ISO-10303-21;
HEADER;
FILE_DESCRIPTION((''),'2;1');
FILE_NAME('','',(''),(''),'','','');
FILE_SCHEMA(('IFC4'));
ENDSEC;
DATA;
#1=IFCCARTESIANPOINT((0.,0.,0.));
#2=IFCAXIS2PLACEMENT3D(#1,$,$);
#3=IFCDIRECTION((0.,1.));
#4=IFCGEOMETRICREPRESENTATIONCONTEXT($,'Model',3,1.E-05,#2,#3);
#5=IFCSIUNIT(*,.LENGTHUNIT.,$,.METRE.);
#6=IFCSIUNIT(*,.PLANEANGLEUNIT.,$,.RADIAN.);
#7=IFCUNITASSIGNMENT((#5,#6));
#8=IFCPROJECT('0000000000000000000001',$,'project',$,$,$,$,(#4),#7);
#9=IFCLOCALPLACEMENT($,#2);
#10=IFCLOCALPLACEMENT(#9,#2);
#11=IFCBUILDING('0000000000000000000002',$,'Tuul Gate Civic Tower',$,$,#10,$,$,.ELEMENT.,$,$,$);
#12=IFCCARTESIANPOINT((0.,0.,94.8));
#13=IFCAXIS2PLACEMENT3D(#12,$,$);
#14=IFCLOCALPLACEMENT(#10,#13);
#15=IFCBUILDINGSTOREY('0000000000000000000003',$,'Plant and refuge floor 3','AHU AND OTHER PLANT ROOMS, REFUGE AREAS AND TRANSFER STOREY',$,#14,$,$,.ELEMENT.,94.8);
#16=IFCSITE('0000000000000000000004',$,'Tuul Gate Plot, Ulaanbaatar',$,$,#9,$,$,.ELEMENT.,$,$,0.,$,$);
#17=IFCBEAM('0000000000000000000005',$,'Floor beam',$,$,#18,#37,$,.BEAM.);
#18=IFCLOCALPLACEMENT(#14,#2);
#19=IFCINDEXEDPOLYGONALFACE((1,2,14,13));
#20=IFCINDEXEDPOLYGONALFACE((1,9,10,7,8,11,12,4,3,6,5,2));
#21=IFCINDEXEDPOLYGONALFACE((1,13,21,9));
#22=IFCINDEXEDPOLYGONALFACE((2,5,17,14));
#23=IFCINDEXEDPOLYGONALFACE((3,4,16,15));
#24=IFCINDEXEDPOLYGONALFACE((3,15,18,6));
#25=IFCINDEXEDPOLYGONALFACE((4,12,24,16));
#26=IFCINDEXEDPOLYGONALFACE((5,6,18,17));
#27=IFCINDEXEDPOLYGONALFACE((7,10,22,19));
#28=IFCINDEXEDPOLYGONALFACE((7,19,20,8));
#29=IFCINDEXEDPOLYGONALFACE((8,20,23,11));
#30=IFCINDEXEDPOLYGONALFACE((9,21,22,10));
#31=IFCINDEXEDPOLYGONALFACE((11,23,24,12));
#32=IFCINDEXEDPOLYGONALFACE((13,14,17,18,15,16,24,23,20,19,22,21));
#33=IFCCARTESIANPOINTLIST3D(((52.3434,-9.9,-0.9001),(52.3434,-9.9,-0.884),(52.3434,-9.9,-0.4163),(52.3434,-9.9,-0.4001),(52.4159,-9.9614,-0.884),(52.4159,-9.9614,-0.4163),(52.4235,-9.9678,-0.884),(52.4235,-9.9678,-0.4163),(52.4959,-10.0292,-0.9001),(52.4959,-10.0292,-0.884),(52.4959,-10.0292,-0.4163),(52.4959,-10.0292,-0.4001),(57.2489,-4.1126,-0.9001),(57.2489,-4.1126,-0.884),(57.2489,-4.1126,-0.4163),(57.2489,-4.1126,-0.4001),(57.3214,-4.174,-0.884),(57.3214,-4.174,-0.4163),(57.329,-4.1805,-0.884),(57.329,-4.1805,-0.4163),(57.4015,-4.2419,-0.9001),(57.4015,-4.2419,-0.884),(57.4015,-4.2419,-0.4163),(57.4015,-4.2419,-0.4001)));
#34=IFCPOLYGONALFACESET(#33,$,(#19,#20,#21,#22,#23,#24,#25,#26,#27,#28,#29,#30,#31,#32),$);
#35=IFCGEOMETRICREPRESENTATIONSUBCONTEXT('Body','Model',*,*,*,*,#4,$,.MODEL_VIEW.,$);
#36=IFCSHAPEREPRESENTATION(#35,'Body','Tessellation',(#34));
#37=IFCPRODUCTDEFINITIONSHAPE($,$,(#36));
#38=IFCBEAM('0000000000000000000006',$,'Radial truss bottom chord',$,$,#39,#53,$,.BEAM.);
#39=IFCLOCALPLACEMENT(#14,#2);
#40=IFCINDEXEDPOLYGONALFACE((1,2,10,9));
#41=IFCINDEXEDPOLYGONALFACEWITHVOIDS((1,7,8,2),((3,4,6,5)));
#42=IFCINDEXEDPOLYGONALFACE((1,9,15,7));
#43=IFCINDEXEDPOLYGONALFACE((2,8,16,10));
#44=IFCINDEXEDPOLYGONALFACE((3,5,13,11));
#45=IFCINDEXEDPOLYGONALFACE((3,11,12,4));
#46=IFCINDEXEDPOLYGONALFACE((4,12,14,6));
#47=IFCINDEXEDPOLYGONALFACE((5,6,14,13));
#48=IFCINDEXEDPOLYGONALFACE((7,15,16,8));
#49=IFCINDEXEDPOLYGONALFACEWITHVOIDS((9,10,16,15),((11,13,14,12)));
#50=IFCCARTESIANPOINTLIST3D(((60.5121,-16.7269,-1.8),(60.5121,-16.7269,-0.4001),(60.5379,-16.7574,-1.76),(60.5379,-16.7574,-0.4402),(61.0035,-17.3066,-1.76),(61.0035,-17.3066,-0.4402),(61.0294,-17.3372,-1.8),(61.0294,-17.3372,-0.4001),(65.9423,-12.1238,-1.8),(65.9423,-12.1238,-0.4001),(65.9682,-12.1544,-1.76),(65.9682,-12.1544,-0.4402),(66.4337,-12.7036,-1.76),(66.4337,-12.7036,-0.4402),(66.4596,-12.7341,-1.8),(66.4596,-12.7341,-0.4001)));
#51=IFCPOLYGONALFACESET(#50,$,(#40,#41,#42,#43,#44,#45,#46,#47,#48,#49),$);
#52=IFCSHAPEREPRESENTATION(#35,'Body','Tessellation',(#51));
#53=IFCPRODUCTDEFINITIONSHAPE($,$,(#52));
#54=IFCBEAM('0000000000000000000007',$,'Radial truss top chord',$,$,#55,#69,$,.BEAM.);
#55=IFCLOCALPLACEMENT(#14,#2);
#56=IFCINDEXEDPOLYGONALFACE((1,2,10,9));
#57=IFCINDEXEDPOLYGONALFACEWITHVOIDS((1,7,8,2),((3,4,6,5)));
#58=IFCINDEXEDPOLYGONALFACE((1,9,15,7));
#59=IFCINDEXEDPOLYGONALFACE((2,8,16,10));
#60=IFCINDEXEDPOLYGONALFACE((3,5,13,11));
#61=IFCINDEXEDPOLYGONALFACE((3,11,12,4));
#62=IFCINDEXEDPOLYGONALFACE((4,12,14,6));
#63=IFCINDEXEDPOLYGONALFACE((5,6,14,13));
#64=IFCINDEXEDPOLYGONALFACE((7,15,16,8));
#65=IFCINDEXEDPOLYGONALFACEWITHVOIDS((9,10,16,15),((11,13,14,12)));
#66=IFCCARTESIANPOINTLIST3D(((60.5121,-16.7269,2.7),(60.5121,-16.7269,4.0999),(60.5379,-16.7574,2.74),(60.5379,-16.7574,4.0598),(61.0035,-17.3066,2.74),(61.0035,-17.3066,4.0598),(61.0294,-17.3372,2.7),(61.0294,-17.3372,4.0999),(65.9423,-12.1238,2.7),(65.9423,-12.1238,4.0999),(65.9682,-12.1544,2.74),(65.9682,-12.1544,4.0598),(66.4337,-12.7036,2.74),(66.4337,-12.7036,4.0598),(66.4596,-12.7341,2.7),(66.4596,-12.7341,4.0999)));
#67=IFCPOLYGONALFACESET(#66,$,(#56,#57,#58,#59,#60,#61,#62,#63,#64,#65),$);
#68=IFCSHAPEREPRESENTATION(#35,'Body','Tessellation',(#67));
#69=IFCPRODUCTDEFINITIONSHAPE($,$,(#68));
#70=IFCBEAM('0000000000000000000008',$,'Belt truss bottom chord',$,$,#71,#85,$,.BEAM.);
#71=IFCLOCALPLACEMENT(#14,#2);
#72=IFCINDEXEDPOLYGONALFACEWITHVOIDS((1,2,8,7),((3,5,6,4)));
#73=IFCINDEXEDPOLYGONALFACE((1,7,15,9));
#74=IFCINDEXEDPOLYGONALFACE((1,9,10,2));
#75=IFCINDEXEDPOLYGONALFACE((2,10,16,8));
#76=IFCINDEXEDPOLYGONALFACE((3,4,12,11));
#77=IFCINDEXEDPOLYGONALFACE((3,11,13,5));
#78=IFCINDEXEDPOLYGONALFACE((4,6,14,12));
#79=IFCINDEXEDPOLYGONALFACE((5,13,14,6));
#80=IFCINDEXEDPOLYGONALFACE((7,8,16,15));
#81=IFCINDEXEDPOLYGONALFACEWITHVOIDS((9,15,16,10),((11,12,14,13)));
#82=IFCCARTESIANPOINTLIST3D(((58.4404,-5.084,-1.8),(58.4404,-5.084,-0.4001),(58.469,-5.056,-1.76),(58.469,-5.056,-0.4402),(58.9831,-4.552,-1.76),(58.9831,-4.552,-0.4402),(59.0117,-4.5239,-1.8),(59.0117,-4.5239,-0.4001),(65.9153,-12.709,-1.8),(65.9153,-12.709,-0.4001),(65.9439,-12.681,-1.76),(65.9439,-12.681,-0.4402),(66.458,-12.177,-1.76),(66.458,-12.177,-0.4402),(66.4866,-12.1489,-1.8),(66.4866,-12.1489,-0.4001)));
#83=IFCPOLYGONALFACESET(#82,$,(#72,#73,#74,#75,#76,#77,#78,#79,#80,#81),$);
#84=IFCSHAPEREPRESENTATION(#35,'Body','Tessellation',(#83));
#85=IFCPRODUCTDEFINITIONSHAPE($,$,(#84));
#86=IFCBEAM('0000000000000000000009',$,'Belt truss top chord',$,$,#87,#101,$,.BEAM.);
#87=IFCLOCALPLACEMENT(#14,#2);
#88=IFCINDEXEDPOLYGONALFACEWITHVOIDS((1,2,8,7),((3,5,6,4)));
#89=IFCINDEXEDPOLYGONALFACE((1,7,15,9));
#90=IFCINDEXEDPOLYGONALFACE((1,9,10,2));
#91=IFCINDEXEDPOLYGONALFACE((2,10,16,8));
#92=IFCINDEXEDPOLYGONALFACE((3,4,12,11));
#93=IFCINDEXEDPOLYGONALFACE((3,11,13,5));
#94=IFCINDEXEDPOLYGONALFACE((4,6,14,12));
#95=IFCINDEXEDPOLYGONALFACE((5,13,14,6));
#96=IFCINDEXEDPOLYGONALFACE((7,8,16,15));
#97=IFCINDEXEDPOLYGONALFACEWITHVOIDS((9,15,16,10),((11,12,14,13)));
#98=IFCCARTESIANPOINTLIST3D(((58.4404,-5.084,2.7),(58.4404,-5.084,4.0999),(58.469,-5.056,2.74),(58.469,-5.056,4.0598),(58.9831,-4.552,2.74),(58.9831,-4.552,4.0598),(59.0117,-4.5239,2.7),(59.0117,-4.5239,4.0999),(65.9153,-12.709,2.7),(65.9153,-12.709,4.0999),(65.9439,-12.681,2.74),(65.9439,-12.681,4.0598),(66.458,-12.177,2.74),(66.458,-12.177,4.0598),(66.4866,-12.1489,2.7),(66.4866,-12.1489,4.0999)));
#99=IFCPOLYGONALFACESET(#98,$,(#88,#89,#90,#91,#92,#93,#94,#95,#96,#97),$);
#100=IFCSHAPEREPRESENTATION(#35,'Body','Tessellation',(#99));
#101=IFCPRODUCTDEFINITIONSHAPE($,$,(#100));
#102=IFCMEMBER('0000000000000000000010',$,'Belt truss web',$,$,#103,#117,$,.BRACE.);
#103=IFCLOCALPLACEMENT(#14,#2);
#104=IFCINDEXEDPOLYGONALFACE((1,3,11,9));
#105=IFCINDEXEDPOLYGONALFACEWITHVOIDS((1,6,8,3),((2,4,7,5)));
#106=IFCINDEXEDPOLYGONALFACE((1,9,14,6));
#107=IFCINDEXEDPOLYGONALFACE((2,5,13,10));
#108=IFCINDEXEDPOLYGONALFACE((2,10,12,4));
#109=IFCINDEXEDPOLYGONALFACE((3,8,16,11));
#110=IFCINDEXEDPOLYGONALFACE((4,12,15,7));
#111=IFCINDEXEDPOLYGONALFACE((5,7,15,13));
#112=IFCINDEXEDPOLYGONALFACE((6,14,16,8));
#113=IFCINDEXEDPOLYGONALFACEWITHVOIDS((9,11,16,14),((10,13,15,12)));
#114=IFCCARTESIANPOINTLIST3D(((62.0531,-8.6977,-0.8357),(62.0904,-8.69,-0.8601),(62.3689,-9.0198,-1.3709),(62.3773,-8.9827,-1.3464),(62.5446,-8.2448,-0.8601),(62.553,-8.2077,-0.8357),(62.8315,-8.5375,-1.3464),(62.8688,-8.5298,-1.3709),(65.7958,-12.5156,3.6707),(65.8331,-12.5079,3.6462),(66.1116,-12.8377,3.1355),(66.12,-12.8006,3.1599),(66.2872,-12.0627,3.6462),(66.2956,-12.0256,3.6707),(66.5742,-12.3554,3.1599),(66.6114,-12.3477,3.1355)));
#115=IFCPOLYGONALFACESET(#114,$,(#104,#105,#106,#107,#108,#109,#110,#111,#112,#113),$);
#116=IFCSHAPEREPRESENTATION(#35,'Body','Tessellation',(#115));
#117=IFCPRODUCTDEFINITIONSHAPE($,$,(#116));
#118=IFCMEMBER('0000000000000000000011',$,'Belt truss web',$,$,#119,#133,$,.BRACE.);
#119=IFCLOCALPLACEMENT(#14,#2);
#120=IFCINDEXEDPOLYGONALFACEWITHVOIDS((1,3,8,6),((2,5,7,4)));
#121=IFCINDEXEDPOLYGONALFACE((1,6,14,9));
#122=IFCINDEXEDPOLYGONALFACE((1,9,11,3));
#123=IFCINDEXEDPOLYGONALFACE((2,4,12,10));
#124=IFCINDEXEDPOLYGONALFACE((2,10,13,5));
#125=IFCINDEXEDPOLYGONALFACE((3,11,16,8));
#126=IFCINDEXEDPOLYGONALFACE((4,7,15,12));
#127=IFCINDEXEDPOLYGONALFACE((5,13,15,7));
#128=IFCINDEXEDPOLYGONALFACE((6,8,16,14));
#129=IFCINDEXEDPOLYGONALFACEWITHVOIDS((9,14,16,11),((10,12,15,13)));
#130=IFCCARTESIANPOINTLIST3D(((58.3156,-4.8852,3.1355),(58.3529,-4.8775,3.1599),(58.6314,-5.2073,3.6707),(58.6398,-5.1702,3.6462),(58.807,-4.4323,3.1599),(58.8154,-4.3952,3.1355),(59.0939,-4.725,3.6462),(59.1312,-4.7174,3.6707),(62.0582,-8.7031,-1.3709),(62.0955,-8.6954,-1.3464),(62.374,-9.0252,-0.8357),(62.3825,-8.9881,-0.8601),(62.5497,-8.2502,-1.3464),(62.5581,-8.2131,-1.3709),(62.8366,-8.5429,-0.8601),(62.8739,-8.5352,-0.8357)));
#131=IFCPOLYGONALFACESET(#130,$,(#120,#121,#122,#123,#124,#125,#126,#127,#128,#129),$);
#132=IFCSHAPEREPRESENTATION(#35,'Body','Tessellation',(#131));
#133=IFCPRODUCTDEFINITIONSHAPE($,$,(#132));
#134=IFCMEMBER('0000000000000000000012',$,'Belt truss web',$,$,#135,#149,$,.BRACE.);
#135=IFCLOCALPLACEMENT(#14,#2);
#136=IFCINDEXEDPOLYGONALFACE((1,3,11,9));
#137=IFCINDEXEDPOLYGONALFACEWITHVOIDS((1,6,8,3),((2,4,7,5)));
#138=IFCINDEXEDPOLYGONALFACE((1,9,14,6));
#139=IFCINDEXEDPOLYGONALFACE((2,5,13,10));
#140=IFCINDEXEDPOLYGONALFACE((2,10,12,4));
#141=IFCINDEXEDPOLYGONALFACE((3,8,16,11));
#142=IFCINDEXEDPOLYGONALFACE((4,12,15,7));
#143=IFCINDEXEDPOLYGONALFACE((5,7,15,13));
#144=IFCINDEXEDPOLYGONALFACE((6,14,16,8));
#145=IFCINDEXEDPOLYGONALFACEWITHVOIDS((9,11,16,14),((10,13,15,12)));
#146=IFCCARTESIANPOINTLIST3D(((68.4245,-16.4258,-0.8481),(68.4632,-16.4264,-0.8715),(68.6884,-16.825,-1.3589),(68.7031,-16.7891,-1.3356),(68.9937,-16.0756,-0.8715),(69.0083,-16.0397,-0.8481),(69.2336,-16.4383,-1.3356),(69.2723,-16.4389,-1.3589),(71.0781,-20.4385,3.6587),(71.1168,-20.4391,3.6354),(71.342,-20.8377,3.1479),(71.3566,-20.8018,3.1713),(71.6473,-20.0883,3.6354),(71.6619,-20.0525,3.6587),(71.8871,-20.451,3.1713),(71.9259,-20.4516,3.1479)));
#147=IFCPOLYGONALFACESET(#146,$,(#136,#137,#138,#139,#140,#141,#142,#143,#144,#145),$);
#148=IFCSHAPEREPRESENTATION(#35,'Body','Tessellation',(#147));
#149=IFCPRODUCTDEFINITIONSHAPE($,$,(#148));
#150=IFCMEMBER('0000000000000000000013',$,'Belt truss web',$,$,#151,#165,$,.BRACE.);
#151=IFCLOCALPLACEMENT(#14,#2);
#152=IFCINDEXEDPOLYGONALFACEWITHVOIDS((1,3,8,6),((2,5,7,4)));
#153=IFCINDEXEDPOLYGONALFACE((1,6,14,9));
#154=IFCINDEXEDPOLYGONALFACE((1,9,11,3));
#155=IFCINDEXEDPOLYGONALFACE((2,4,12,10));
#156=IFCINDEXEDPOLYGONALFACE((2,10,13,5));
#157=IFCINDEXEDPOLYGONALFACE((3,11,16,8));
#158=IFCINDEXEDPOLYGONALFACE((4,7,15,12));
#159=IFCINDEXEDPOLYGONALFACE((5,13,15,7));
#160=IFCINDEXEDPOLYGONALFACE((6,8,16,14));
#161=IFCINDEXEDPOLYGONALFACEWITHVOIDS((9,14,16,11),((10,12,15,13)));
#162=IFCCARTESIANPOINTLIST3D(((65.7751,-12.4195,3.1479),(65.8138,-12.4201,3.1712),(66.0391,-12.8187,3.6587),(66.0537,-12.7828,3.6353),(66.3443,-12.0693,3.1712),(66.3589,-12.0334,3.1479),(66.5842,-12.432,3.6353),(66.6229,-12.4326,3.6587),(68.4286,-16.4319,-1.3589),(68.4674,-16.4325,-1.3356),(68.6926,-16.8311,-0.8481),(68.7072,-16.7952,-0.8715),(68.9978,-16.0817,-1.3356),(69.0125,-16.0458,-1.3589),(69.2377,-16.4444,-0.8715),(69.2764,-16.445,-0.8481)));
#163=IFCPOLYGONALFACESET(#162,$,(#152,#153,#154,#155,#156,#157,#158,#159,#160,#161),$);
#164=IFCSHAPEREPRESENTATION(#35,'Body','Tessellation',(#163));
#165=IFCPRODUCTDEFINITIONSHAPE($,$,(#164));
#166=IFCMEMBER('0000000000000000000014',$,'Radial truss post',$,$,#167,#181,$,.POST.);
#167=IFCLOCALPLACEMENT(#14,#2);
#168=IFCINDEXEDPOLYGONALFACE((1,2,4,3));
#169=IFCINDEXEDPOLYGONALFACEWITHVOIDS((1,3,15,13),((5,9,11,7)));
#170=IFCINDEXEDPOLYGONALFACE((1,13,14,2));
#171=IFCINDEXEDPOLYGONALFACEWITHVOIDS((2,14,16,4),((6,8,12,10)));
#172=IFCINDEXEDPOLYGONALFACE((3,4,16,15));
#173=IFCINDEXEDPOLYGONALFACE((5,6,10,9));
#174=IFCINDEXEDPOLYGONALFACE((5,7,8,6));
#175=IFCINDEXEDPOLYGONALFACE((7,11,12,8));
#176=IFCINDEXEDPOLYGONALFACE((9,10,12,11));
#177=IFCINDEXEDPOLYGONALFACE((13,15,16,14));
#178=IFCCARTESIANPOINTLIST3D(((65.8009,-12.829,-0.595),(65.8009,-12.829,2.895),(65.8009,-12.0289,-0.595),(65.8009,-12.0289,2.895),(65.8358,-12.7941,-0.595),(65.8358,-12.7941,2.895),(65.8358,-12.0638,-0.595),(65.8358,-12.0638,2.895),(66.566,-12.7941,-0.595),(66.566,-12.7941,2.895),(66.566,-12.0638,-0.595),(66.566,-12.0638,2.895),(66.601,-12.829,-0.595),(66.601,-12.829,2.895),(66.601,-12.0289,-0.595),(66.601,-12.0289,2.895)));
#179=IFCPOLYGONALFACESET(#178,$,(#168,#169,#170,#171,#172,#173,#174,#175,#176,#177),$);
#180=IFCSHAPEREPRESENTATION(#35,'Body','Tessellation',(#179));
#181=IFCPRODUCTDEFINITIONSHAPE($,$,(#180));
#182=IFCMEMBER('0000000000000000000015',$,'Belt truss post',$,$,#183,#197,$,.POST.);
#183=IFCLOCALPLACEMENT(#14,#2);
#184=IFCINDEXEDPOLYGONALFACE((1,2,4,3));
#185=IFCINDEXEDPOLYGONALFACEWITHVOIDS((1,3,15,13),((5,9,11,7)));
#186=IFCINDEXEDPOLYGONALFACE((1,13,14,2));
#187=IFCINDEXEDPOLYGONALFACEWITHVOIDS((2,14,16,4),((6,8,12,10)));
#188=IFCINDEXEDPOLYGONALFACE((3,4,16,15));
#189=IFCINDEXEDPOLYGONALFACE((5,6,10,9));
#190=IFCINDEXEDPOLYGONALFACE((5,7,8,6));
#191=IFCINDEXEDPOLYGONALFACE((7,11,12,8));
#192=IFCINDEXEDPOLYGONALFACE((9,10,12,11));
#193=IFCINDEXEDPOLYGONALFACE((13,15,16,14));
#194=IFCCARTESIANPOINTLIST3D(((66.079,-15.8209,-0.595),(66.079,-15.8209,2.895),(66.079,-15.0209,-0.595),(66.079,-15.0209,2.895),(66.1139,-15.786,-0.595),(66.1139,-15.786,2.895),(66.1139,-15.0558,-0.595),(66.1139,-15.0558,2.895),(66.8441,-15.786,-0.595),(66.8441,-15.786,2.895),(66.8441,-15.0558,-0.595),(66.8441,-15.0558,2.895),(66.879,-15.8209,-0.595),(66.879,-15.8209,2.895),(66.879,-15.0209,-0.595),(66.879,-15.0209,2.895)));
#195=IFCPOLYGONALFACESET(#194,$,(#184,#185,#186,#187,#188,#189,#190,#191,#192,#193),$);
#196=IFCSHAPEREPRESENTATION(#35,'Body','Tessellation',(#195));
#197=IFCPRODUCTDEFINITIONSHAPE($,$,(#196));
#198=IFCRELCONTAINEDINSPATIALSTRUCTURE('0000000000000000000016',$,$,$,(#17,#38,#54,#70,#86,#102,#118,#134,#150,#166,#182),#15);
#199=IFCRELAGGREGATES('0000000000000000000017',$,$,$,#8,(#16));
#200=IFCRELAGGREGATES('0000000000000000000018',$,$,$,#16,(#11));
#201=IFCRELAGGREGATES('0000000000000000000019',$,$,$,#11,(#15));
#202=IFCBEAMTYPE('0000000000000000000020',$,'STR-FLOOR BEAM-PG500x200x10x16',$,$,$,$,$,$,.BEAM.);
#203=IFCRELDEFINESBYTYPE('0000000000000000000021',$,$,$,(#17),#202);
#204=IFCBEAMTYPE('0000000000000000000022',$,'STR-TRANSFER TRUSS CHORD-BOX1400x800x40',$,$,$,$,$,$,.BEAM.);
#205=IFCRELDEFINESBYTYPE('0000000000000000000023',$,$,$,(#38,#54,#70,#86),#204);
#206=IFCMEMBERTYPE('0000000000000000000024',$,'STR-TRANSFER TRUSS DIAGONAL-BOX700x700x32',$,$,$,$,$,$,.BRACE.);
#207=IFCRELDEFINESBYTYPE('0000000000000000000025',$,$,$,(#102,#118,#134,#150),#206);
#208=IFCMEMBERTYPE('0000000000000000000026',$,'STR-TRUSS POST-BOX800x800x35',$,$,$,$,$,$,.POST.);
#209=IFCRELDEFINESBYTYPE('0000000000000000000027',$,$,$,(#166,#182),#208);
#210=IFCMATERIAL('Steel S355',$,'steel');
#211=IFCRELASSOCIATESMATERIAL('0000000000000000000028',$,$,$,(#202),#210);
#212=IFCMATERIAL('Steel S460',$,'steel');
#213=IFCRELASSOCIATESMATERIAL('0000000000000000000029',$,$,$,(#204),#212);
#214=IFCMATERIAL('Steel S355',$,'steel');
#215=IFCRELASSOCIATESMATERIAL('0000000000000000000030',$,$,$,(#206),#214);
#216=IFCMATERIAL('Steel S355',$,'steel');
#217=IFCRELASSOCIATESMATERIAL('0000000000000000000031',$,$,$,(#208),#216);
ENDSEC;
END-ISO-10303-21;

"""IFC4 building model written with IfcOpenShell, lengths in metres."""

from ifc_helpers import new_model, si_unit, direction, frame, origin, origin_2d, place, context, subcontext, project, spatial, hollow_rectangle, i_section, extrude, material, material_profile, profile_set, type_object, element, save


model = new_model("IFC4")

# Units and contexts
model_context = context("Model", 3, precision=1e-05, world=origin(), true_north=direction((0.0, 1.0)))
body_context = subcontext(model_context, "Body", "Model", "MODEL_VIEW")
ifc_project = project(units=[si_unit("LENGTHUNIT", "METRE"), si_unit("PLANEANGLEUNIT", "RADIAN")], contexts=[model_context])

# Site, building, storey
site_placement = place(None, origin())
site = spatial("IfcSite", under=ifc_project, at=site_placement, Name="Tuul Gate Plot, Ulaanbaatar", CompositionType="ELEMENT", RefElevation=0.0)
building_placement = place(site_placement, origin())
building = spatial("IfcBuilding", under=site, at=building_placement, Name="Tuul Gate Civic Tower", CompositionType="ELEMENT")
storey_placement = place(building_placement, frame((0.0, 0.0, 94.8)))
storey = spatial("IfcBuildingStorey", under=building, at=storey_placement, Name="Plant and refuge floor 3", Description="AHU AND OTHER PLANT ROOMS, REFUGE AREAS AND TRANSFER STOREY", CompositionType="ELEMENT", Elevation=94.8)

# Beams
ifc_material_1 = material(Name="Steel S355", Category="steel")
ifc_material_profile_1 = material_profile(ifc_material_1, i_section(OverallWidth=0.2, OverallDepth=0.5, WebThickness=0.01, FlangeThickness=0.0161, at=origin_2d()), Name="PG500x200x10x16")
ifc_profile_set_1 = profile_set([ifc_material_profile_1], Name="Steel S355")
beam_type_1 = type_object("IfcBeamType", Name="STR-FLOOR BEAM-PG500x200x10x16", PredefinedType="BEAM", material=ifc_profile_set_1)
beam_placement = place(storey_placement, frame((52.4197, -9.9646, -0.6501), z_axis=(0.646597, 0.762832, 0.0), x_axis=(-0.762832, 0.646597, 0.0)))
element("IfcBeam", 1, at=beam_placement, inside=storey, type_object=beam_type_1, Name="Floor beam", PredefinedType="BEAM", context=body_context, shape_type="SweptSolid", body=[
    extrude(i_section(OverallWidth=0.2, OverallDepth=0.5, WebThickness=0.01, FlangeThickness=0.0161, at=origin_2d()), origin(), (0.0, 0.0, 1.0), 7.5867),
])
ifc_material_2 = material(Name="Steel S460", Category="steel")
ifc_material_profile_2 = material_profile(ifc_material_2, hollow_rectangle(XDim=0.8, YDim=1.3999, WallThickness=0.04, at=origin_2d()), Name="BOX1400x800x40")
ifc_profile_set_2 = profile_set([ifc_material_profile_2], Name="Steel S460")
beam_type_2 = type_object("IfcBeamType", Name="STR-TRANSFER TRUSS CHORD-BOX1400x800x40", PredefinedType="BEAM", material=ifc_profile_set_2)
for number, where, z_axis, x_axis, name in (
    (2, (66.2009, -12.429, -1.1001), (-0.762814, -0.646618, 0.0), (0.646618, -0.762814, 0.0), "Radial truss bottom chord"),
    (3, (66.2009, -12.429, 3.3999), (-0.762814, -0.646618, 0.0), (0.646618, -0.762814, 0.0), "Radial truss top chord"),
):
    element("IfcBeam", number, at=place(storey_placement, frame(where, z_axis=z_axis, x_axis=x_axis)), inside=storey, type_object=beam_type_2, Name=name, PredefinedType="BEAM", context=body_context, shape_type="SweptSolid", body=[
        extrude(hollow_rectangle(XDim=0.8, YDim=1.3999, WallThickness=0.04, at=origin_2d()), origin(), (0.0, 0.0, 1.0), 7.1187),
    ])
for number, where, z_axis, x_axis, name in (
    (4, (66.2009, -12.429, -1.1001), (-0.700041, 0.714103, 0.0), (-0.714103, -0.700041, 0.0), "Belt truss bottom chord"),
    (5, (66.2009, -12.429, 3.3999), (-0.700041, 0.714103, 0.0), (-0.714103, -0.700041, 0.0), "Belt truss top chord"),
):
    element("IfcBeam", number, at=place(storey_placement, frame(where, z_axis=z_axis, x_axis=x_axis)), inside=storey, type_object=beam_type_2, Name=name, PredefinedType="BEAM", context=body_context, shape_type="SweptSolid", body=[
        extrude(hollow_rectangle(XDim=0.8, YDim=1.3999, WallThickness=0.04, at=origin_2d()), origin(), (0.0, 0.0, 1.0), 10.6777),
    ])

# Members
ifc_material_3 = material(Name="Steel S355", Category="steel")
ifc_material_profile_3 = material_profile(ifc_material_3, hollow_rectangle(XDim=0.7, YDim=0.7, WallThickness=0.032, at=origin_2d()), Name="BOX700x700x32")
ifc_profile_set_3 = profile_set([ifc_material_profile_3], Name="Steel S355")
member_type_1 = type_object("IfcMemberType", Name="STR-TRANSFER TRUSS DIAGONAL-BOX700x700x32", PredefinedType="BRACE", material=ifc_profile_set_3)
for number, where, z_axis, x_axis, name in (
    (6, (62.4609, -8.6138, -1.1033), (0.535264, -0.546018, 0.644482), (0.714104, 0.700039, 0.0), "Belt truss web"),
    (7, (62.4661, -8.6191, -1.1033), (-0.535264, 0.546018, 0.644482), (-0.714104, -0.700039, 0.0), "Belt truss web"),
):
    element("IfcMember", number, at=place(storey_placement, frame(where, z_axis=z_axis, x_axis=x_axis)), inside=storey, type_object=member_type_1, Name=name, PredefinedType="BRACE", context=body_context, shape_type="SweptSolid", body=[
        extrude(hollow_rectangle(XDim=0.7, YDim=0.7, WallThickness=0.032, at=origin_2d()), origin(), (0.0, 0.0, 1.0), 6.9922),
    ])
member_1_placement = place(storey_placement, frame((68.8484, -16.4324, -1.1035), z_axis=(0.402542, -0.60872, 0.683681), x_axis=(0.834114, 0.551593, 0.0)))
element("IfcMember", 8, at=member_1_placement, inside=storey, type_object=member_type_1, Name="Belt truss web", PredefinedType="BRACE", context=body_context, shape_type="SweptSolid", body=[
    extrude(hollow_rectangle(XDim=0.7, YDim=0.7, WallThickness=0.032, at=origin_2d()), origin(), (0.0, 0.0, 1.0), 6.592),
])
member_2_placement = place(storey_placement, frame((68.8525, -16.4385, -1.1035), z_axis=(-0.402551, 0.608697, 0.683696), x_axis=(-0.834098, -0.551616, 0.0)))
element("IfcMember", 9, at=member_2_placement, inside=storey, type_object=member_type_1, Name="Belt truss web", PredefinedType="BRACE", context=body_context, shape_type="SweptSolid", body=[
    extrude(hollow_rectangle(XDim=0.7, YDim=0.7, WallThickness=0.032, at=origin_2d()), origin(), (0.0, 0.0, 1.0), 6.5918),
])
ifc_material_4 = material(Name="Steel S355", Category="steel")
ifc_material_profile_4 = material_profile(ifc_material_4, hollow_rectangle(XDim=0.8, YDim=0.8, WallThickness=0.0349, at=origin_2d()), Name="BOX800x800x35")
ifc_profile_set_4 = profile_set([ifc_material_profile_4], Name="Steel S355")
member_type_2 = type_object("IfcMemberType", Name="STR-TRUSS POST-BOX800x800x35", PredefinedType="POST", material=ifc_profile_set_4)
for number, where, z_axis, x_axis, name in (
    (10, (66.2009, -12.429, -0.595), (0.0, 0.0, 1.0), (1.0, 0.0, 0.0), "Radial truss post"),
    (11, (66.479, -15.4209, -0.595), (0.0, 0.0, 1.0), (1.0, 0.0, 0.0), "Belt truss post"),
):
    element("IfcMember", number, at=place(storey_placement, frame(where, z_axis=z_axis, x_axis=x_axis)), inside=storey, type_object=member_type_2, Name=name, PredefinedType="POST", context=body_context, shape_type="SweptSolid", body=[
        extrude(hollow_rectangle(XDim=0.8, YDim=0.8, WallThickness=0.0349, at=origin_2d()), origin(), (0.0, 0.0, 1.0), 3.49),
    ])

save(model, "model.ifc")
